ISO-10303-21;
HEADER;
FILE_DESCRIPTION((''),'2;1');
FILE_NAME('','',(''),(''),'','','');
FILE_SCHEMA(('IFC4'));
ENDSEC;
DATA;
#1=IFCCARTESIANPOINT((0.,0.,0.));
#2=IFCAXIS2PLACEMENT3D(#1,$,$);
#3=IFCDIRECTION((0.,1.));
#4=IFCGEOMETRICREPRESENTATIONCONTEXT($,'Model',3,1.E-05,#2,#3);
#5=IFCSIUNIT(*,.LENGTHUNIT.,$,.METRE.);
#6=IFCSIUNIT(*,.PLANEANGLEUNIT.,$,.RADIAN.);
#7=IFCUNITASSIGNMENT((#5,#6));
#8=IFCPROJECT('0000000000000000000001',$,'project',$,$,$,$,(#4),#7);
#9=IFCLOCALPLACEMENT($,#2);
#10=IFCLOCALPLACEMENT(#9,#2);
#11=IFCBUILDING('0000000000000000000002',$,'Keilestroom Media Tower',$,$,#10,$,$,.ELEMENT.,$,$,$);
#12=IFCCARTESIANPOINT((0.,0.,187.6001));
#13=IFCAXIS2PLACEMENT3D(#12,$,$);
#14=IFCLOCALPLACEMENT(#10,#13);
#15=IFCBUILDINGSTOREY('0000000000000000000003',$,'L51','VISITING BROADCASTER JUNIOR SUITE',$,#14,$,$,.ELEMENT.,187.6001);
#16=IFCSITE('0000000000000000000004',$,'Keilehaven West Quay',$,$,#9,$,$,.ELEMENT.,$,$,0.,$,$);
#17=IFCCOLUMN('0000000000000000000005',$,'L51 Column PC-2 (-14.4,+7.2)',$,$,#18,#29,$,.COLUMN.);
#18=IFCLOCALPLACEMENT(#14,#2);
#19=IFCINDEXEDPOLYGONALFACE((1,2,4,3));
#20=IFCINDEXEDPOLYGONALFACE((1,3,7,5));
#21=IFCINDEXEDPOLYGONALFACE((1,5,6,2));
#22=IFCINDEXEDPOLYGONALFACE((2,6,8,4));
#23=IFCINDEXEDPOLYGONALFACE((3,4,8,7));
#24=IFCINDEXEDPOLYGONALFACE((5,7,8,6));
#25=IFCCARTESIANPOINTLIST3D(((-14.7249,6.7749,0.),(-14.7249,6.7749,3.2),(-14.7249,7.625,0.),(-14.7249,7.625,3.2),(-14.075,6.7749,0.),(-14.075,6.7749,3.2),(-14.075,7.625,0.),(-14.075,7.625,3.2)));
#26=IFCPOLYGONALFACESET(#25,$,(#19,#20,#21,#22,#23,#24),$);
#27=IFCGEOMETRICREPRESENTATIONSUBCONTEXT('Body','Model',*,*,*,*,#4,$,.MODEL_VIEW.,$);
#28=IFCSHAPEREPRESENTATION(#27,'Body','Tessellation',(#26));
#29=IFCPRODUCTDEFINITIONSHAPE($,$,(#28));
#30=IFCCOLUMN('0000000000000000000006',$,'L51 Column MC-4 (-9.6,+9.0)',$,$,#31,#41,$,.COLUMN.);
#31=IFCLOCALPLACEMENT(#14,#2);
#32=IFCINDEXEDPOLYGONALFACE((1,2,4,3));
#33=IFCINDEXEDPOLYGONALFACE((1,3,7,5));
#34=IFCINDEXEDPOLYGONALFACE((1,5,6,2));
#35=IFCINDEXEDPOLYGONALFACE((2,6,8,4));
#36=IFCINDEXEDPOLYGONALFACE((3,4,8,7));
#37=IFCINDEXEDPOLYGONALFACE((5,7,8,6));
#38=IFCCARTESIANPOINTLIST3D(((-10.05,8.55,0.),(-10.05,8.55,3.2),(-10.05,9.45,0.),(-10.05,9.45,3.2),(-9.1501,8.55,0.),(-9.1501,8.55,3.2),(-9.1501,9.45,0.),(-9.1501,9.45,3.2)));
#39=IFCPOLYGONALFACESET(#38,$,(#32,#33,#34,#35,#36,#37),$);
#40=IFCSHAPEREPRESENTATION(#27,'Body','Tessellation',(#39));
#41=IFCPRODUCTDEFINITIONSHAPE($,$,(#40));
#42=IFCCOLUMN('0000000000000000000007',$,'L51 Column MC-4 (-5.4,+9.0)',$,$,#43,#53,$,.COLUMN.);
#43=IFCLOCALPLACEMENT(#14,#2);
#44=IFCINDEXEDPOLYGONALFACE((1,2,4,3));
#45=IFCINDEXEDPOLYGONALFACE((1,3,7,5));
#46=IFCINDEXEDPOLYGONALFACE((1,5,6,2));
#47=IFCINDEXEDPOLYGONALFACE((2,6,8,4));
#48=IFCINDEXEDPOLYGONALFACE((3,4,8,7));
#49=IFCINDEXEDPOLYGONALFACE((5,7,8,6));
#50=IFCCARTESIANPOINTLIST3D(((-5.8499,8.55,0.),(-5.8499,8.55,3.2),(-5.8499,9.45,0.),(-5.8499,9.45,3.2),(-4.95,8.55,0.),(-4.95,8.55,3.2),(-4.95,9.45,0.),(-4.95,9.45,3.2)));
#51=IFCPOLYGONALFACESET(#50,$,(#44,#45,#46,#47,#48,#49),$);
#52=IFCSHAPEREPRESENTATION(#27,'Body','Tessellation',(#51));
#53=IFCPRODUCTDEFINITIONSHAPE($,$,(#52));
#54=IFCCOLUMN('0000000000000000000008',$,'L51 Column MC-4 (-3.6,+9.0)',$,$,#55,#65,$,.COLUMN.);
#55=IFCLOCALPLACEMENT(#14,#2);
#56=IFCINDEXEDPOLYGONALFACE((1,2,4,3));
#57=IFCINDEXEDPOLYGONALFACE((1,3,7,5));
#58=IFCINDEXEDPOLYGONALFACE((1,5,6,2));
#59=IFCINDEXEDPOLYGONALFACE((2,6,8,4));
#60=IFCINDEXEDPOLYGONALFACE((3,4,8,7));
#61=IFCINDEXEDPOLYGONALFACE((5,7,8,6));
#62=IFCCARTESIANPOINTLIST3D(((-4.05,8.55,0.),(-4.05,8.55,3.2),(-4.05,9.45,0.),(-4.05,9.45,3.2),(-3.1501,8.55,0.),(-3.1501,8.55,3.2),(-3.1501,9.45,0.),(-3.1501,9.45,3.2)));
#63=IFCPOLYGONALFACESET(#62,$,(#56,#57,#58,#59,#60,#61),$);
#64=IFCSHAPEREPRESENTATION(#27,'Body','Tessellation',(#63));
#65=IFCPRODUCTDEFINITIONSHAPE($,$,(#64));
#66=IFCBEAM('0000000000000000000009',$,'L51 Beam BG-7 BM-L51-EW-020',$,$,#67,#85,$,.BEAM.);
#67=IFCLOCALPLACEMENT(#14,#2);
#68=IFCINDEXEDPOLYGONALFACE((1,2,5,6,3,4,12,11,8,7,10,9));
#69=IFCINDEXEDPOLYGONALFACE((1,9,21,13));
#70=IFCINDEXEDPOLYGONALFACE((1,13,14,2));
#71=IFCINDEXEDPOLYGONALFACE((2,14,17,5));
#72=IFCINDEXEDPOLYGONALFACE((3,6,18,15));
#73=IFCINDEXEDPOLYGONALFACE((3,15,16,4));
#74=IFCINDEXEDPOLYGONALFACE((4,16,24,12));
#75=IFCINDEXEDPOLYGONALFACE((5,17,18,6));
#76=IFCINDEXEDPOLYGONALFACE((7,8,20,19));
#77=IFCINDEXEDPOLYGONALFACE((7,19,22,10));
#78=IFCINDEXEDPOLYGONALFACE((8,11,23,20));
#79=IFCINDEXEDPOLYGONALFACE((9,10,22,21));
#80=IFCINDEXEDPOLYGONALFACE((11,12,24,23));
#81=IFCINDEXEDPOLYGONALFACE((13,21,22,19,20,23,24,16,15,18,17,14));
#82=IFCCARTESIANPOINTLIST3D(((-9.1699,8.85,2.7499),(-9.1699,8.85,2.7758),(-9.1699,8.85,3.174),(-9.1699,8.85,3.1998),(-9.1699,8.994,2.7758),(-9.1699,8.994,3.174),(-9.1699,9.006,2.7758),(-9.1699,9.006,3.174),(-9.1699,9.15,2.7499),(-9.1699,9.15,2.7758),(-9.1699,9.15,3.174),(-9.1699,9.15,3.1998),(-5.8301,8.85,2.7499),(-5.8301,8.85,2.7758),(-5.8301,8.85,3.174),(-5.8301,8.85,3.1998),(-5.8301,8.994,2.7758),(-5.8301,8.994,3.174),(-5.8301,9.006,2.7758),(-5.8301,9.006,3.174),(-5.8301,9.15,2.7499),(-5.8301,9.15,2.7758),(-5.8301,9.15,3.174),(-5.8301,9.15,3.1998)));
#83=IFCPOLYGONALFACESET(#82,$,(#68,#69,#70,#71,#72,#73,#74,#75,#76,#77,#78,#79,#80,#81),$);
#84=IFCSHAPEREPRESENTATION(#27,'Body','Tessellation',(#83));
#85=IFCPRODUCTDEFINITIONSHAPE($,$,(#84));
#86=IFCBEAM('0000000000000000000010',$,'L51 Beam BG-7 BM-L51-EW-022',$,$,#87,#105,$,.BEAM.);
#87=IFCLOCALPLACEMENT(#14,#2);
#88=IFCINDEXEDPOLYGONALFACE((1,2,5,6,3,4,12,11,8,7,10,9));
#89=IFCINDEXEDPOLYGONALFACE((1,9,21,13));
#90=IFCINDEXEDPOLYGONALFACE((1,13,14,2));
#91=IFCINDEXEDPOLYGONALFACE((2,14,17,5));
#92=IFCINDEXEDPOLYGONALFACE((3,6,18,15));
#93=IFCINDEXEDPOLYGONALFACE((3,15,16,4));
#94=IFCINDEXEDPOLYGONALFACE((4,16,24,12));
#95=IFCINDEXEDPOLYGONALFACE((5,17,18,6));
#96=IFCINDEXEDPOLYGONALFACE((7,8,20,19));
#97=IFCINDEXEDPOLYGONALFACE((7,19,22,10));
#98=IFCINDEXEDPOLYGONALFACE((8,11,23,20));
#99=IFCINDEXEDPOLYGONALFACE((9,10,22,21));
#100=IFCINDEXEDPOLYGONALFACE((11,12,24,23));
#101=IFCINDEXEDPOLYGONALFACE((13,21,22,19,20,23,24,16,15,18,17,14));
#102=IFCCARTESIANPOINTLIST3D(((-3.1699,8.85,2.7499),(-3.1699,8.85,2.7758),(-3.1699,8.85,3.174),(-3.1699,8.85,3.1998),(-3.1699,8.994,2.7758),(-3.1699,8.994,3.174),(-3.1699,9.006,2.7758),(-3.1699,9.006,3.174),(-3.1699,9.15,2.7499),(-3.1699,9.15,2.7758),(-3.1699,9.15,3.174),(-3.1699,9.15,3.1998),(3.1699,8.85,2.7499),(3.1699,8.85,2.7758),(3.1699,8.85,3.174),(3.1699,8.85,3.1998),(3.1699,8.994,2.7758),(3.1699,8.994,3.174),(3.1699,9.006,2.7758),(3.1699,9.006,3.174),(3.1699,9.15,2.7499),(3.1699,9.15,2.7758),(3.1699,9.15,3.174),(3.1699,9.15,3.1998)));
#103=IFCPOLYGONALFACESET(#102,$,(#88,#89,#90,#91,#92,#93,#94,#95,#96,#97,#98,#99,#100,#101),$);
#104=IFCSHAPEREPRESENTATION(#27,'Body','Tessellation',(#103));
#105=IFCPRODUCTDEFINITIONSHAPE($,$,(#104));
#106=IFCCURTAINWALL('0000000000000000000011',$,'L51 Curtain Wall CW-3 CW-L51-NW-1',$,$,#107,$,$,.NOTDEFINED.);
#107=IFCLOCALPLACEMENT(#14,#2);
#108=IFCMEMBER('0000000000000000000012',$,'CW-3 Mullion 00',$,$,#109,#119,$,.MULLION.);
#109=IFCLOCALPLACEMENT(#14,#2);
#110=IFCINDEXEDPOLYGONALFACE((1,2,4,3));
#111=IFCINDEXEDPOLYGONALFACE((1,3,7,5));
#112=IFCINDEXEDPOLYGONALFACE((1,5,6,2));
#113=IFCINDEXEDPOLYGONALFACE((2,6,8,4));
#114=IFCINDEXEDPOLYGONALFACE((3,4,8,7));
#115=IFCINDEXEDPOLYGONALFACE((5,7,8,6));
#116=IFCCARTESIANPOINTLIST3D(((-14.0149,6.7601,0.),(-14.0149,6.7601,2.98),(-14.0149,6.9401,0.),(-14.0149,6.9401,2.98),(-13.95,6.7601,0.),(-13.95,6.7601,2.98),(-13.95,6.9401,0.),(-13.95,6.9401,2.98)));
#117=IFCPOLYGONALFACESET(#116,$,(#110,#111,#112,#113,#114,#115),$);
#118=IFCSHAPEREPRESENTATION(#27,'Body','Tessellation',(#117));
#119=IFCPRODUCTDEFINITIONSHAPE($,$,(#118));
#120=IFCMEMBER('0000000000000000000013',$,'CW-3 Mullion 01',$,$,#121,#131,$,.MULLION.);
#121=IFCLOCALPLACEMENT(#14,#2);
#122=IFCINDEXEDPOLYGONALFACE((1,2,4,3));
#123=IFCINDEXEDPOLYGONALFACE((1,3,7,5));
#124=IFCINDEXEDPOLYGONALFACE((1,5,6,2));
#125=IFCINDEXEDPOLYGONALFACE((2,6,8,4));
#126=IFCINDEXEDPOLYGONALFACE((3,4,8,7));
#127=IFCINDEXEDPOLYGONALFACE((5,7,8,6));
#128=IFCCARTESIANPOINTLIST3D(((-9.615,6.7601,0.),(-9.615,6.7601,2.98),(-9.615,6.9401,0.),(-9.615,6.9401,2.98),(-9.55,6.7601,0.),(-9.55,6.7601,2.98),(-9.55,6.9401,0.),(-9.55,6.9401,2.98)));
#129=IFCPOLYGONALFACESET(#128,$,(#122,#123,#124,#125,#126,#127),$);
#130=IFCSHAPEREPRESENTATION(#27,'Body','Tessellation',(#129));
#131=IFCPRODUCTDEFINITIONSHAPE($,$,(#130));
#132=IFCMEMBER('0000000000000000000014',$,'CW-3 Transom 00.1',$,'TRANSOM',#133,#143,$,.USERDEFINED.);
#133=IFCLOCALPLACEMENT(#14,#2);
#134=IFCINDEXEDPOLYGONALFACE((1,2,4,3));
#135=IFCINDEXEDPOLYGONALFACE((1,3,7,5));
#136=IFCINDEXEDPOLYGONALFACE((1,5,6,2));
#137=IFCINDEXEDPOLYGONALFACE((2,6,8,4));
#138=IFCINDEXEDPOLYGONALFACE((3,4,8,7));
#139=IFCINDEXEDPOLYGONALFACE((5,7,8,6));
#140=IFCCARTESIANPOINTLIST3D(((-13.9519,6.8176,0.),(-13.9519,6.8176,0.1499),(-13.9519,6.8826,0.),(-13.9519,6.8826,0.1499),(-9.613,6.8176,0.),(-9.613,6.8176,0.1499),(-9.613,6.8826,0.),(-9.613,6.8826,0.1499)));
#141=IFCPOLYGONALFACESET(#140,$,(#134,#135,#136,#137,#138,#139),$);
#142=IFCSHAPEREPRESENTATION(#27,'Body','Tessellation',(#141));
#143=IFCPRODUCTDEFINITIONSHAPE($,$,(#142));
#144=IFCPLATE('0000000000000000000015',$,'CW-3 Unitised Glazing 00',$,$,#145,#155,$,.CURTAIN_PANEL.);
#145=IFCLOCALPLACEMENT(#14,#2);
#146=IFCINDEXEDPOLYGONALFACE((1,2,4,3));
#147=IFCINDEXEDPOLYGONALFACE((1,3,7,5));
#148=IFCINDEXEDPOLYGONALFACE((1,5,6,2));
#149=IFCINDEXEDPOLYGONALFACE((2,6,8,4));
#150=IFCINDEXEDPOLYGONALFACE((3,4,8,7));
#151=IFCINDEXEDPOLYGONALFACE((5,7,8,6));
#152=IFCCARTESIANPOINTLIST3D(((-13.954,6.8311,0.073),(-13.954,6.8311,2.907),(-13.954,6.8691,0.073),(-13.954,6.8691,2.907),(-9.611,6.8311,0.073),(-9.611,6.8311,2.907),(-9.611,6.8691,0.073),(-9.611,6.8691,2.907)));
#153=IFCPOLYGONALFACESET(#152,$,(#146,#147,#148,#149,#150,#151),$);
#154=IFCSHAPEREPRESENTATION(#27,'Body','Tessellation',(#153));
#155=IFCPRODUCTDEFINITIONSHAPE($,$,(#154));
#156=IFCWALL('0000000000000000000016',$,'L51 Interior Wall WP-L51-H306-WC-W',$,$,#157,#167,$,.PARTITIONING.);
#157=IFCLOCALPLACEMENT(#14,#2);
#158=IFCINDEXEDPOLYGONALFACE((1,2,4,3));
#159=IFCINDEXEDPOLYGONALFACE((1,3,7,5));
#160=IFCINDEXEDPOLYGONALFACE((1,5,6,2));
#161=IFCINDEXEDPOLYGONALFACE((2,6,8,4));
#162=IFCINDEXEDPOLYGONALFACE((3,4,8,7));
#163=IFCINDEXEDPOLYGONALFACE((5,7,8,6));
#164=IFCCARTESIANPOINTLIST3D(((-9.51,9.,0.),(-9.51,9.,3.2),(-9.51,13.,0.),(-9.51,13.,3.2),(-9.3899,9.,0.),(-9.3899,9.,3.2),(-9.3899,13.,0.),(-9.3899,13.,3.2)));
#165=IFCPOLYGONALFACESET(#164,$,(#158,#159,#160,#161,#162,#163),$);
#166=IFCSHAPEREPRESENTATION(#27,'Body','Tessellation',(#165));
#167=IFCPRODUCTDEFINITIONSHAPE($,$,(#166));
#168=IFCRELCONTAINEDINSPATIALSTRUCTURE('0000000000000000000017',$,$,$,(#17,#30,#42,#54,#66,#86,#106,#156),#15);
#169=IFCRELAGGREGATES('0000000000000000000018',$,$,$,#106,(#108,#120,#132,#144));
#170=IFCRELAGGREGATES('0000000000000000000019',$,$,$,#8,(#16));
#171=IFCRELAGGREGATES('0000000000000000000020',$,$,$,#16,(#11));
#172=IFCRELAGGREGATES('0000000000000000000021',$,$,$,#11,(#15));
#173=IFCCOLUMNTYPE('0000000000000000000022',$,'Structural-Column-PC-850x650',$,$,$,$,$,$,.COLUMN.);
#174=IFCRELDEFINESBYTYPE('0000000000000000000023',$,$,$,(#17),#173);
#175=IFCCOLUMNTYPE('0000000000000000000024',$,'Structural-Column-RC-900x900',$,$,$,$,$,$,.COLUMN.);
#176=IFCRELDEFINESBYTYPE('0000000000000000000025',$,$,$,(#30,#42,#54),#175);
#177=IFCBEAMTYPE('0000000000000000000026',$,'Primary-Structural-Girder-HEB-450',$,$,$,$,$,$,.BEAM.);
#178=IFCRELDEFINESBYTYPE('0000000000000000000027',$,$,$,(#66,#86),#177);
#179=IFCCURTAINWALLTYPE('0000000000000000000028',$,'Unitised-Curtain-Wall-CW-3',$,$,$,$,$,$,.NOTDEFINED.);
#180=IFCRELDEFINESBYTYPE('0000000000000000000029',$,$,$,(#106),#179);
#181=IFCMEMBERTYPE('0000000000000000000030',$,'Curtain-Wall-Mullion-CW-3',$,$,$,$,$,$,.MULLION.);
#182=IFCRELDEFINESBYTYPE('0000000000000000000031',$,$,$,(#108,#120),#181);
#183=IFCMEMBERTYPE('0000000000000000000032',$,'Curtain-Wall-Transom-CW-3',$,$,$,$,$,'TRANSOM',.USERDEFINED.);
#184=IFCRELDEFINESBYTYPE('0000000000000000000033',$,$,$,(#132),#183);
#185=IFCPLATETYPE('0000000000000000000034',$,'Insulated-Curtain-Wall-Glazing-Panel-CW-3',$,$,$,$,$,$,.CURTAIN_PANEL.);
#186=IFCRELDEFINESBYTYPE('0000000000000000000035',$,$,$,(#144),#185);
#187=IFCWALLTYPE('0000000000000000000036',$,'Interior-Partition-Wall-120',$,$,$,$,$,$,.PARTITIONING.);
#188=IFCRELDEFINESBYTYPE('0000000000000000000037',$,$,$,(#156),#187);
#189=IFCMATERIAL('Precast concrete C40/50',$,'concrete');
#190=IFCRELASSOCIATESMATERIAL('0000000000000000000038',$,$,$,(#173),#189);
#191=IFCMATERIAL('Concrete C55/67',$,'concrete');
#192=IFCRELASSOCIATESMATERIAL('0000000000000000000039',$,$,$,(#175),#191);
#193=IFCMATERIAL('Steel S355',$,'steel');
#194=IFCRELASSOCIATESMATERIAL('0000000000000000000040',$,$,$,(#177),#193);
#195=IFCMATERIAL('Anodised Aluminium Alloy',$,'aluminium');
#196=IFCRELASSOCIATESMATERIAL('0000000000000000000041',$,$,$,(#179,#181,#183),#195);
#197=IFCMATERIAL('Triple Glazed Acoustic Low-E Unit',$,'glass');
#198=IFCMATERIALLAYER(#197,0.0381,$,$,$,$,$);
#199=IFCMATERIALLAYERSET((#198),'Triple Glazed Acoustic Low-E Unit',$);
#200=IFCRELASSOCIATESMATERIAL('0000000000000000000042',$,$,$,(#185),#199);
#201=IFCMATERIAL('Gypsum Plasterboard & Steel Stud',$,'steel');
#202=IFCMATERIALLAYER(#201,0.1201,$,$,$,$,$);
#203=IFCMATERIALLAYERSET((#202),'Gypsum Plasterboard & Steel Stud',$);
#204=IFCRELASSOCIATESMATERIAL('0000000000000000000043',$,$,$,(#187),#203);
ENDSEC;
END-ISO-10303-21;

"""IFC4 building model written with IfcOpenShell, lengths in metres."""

from ifc_helpers import new_model, si_unit, direction, frame, frame_2d, origin, origin_2d, place, context, subcontext, project, spatial, rectangle, i_section, extrude, source, transform, mapped, material, layer, layer_set, material_profile, profile_set, type_object, element, aggregate, save


model = new_model("IFC4")

# Units and contexts
model_context = context("Model", 3, precision=1e-05, world=origin(), true_north=direction((0.0, 1.0)))
body_context = subcontext(model_context, "Body", "Model", "MODEL_VIEW")
ifc_project = project(units=[si_unit("LENGTHUNIT", "METRE"), si_unit("PLANEANGLEUNIT", "RADIAN")], contexts=[model_context])

# Site, building, storey
site_placement = place(None, origin())
site = spatial("IfcSite", under=ifc_project, at=site_placement, Name="Keilehaven West Quay", CompositionType="ELEMENT", RefElevation=0.0)
building_placement = place(site_placement, origin())
building = spatial("IfcBuilding", under=site, at=building_placement, Name="Keilestroom Media Tower", CompositionType="ELEMENT")
storey_placement = place(building_placement, frame((0.0, 0.0, 187.6001)))
storey = spatial("IfcBuildingStorey", under=building, at=storey_placement, Name="L51", Description="VISITING BROADCASTER JUNIOR SUITE", CompositionType="ELEMENT", Elevation=187.6001)

# Columns
ifc_material_1 = material(Name="Precast concrete C40/50", Category="concrete")
ifc_material_profile_1 = material_profile(ifc_material_1, rectangle(XDim=0.6499, YDim=0.8501, at=origin_2d()), Name="PC 850x650")
ifc_profile_set_1 = profile_set([ifc_material_profile_1], Name="Precast concrete C40/50")
column_type_1 = type_object("IfcColumnType", Name="Structural-Column-PC-850x650", PredefinedType="COLUMN", material=ifc_profile_set_1)
shared_shape_1 = source(origin(), body_context, "Body", "SweptSolid", [
    extrude(rectangle(XDim=0.6499, YDim=0.8501, at=origin_2d()), origin(), (0.0, 0.0, 1.0), 3.2),
])
column_placement = place(storey_placement, frame((-14.3999, 7.2, 0.0), z_axis=(0.0, 0.0, 1.0), x_axis=(1.0, 0.0, 0.0)))
element("IfcColumn", 1, at=column_placement, inside=storey, type_object=column_type_1, Name="L51 Column PC-2 (-14.4,+7.2)", PredefinedType="COLUMN", context=body_context, shape_type="MappedRepresentation", body=[
    mapped(shared_shape_1, transform((0.0, 0.0, 0.0), x_axis=(1.0, 0.0, 0.0), y_axis=(0.0, 1.0, 0.0), z_axis=(0.0, 0.0, 1.0), scale=1.0)),
])
ifc_material_2 = material(Name="Concrete C55/67", Category="concrete")
ifc_material_profile_2 = material_profile(ifc_material_2, rectangle(XDim=0.8999, YDim=0.8999, at=origin_2d()), Name="RC 900x900")
ifc_profile_set_2 = profile_set([ifc_material_profile_2], Name="Concrete C55/67")
column_type_2 = type_object("IfcColumnType", Name="Structural-Column-RC-900x900", PredefinedType="COLUMN", material=ifc_profile_set_2)
shared_shape_2 = source(origin(), body_context, "Body", "SweptSolid", [
    extrude(rectangle(XDim=0.8999, YDim=0.8999, at=origin_2d()), origin(), (0.0, 0.0, 1.0), 3.2),
])
for number, where, z_axis, x_axis, name in (
    (2, (-9.6001, 9.0, 0.0), (0.0, 0.0, 1.0), (1.0, 0.0, 0.0), "L51 Column MC-4 (-9.6,+9.0)"),
    (3, (-5.3999, 9.0, 0.0), (0.0, 0.0, 1.0), (1.0, 0.0, 0.0), "L51 Column MC-4 (-5.4,+9.0)"),
    (4, (-3.6001, 9.0, 0.0), (0.0, 0.0, 1.0), (1.0, 0.0, 0.0), "L51 Column MC-4 (-3.6,+9.0)"),
):
    element("IfcColumn", number, at=place(storey_placement, frame(where, z_axis=z_axis, x_axis=x_axis)), inside=storey, type_object=column_type_2, Name=name, PredefinedType="COLUMN", context=body_context, shape_type="MappedRepresentation", body=[
        mapped(shared_shape_2, transform((0.0, 0.0, 0.0), x_axis=(1.0, 0.0, 0.0), y_axis=(0.0, 1.0, 0.0), z_axis=(0.0, 0.0, 1.0), scale=1.0)),
    ])

# Beams
ifc_material_3 = material(Name="Steel S355", Category="steel")
ifc_material_profile_3 = material_profile(ifc_material_3, i_section(OverallWidth=0.3, OverallDepth=0.45, WebThickness=0.012, FlangeThickness=0.0259, at=origin_2d()), Name="HEB 450")
ifc_profile_set_3 = profile_set([ifc_material_profile_3], Name="Steel S355")
beam_type = type_object("IfcBeamType", Name="Primary-Structural-Girder-HEB-450", PredefinedType="BEAM", material=ifc_profile_set_3)
shared_shape_3 = source(origin(), body_context, "Body", "SweptSolid", [
    extrude(i_section(OverallWidth=0.3, OverallDepth=0.45, WebThickness=0.012, FlangeThickness=0.0259, at=origin_2d()), origin(), (0.0, 0.0, 1.0), 3.3398),
])
beam_1_placement = place(storey_placement, frame((-9.1699, 9.0, 2.9749), z_axis=(1.0, 0.0, 0.0), x_axis=(0.0, 1.0, 0.0)))
element("IfcBeam", 5, at=beam_1_placement, inside=storey, type_object=beam_type, Name="L51 Beam BG-7 BM-L51-EW-020", PredefinedType="BEAM", context=body_context, shape_type="MappedRepresentation", body=[
    mapped(shared_shape_3, transform((0.0, 0.0, 0.0), x_axis=(1.0, 0.0, 0.0), y_axis=(0.0, 1.0, 0.0), z_axis=(0.0, 0.0, 1.0), scale=1.0)),
])
shared_shape_4 = source(origin(), body_context, "Body", "SweptSolid", [
    extrude(i_section(OverallWidth=0.3, OverallDepth=0.45, WebThickness=0.012, FlangeThickness=0.0259, at=origin_2d()), origin(), (0.0, 0.0, 1.0), 6.3398),
])
beam_2_placement = place(storey_placement, frame((-3.1699, 9.0, 2.9749), z_axis=(1.0, 0.0, 0.0), x_axis=(0.0, 1.0, 0.0)))
element("IfcBeam", 6, at=beam_2_placement, inside=storey, type_object=beam_type, Name="L51 Beam BG-7 BM-L51-EW-022", PredefinedType="BEAM", context=body_context, shape_type="MappedRepresentation", body=[
    mapped(shared_shape_4, transform((0.0, 0.0, 0.0), x_axis=(1.0, 0.0, 0.0), y_axis=(0.0, 1.0, 0.0), z_axis=(0.0, 0.0, 1.0), scale=1.0)),
])

# Curtain wall, members, plate
ifc_material_4 = material(Name="Anodised Aluminium Alloy", Category="aluminium")
curtain_wall_type = type_object("IfcCurtainWallType", Name="Unitised-Curtain-Wall-CW-3", PredefinedType="NOTDEFINED", material=ifc_material_4)
curtain_wall_placement = place(storey_placement, origin())
curtain_wall = element("IfcCurtainWall", 7, at=curtain_wall_placement, inside=storey, type_object=curtain_wall_type, Name="L51 Curtain Wall CW-3 CW-L51-NW-1", PredefinedType="NOTDEFINED")
ifc_material_profile_4 = material_profile(ifc_material_4, rectangle(XDim=0.0649, YDim=0.1799, at=origin_2d()), Name="ALU MULLION 65x180")
ifc_profile_set_4 = profile_set([ifc_material_profile_4], Name="Anodised Aluminium Alloy")
member_type_1 = type_object("IfcMemberType", Name="Curtain-Wall-Mullion-CW-3", PredefinedType="MULLION", material=ifc_profile_set_4)
shared_shape_5 = source(origin(), body_context, "Body", "SweptSolid", [
    extrude(rectangle(XDim=0.0649, YDim=0.1799, at=origin_2d()), origin(), (0.0, 0.0, 1.0), 2.98),
])
member_1_placement = place(storey_placement, frame((-13.9824, 6.8501, 0.0), z_axis=(0.0, 0.0, 1.0), x_axis=(1.0, 0.0, 0.0)))
member_1 = element("IfcMember", 8, at=member_1_placement, type_object=member_type_1, Name="CW-3 Mullion 00", PredefinedType="MULLION", context=body_context, shape_type="MappedRepresentation", body=[
    mapped(shared_shape_5, transform((0.0, 0.0, 0.0), x_axis=(1.0, 0.0, 0.0), y_axis=(0.0, 1.0, 0.0), z_axis=(0.0, 0.0, 1.0), scale=1.0)),
])
member_2_placement = place(storey_placement, frame((-9.5825, 6.8501, 0.0), z_axis=(0.0, 0.0, 1.0), x_axis=(1.0, 0.0, 0.0)))
member_2 = element("IfcMember", 9, at=member_2_placement, type_object=member_type_1, Name="CW-3 Mullion 01", PredefinedType="MULLION", context=body_context, shape_type="MappedRepresentation", body=[
    mapped(shared_shape_5, transform((0.0, 0.0, 0.0), x_axis=(1.0, 0.0, 0.0), y_axis=(0.0, 1.0, 0.0), z_axis=(0.0, 0.0, 1.0), scale=1.0)),
])
ifc_material_profile_5 = material_profile(ifc_material_4, rectangle(XDim=0.0649, YDim=0.1499, at=origin_2d()), Name="ALU TRANSOM 65x150")
ifc_profile_set_5 = profile_set([ifc_material_profile_5], Name="Anodised Aluminium Alloy")
member_type_2 = type_object("IfcMemberType", Name="Curtain-Wall-Transom-CW-3", ElementType="TRANSOM", PredefinedType="USERDEFINED", material=ifc_profile_set_5)
shared_shape_6 = source(origin(), body_context, "Body", "SweptSolid", [
    extrude(rectangle(XDim=0.0649, YDim=0.1499, at=origin_2d()), origin(), (0.0, 0.0, 1.0), 4.3389),
])
member_3_placement = place(storey_placement, frame((-13.9519, 6.8501, 0.075), z_axis=(1.0, 0.0, 0.0), x_axis=(0.0, 1.0, 0.0)))
member_3 = element("IfcMember", 10, at=member_3_placement, type_object=member_type_2, Name="CW-3 Transom 00.1", ObjectType="TRANSOM", PredefinedType="USERDEFINED", context=body_context, shape_type="MappedRepresentation", body=[
    mapped(shared_shape_6, transform((0.0, 0.0, 0.0), x_axis=(1.0, 0.0, 0.0), y_axis=(0.0, 1.0, 0.0), z_axis=(0.0, 0.0, 1.0), scale=1.0)),
])
ifc_material_5 = material(Name="Triple Glazed Acoustic Low-E Unit", Category="glass")
ifc_layer_1 = layer(ifc_material_5, 0.0381)
ifc_layer_set_1 = layer_set([ifc_layer_1], Name="Triple Glazed Acoustic Low-E Unit")
plate_type = type_object("IfcPlateType", Name="Insulated-Curtain-Wall-Glazing-Panel-CW-3", PredefinedType="CURTAIN_PANEL", material=ifc_layer_set_1)
shared_shape_7 = source(origin(), body_context, "Body", "SweptSolid", [
    extrude(rectangle(XDim=4.343, YDim=0.0381, at=origin_2d()), origin(), (0.0, 0.0, 1.0), 2.834),
])
plate_placement = place(storey_placement, frame((-11.7825, 6.8501, 0.073), z_axis=(0.0, 0.0, 1.0), x_axis=(1.0, 0.0, 0.0)))
plate = element("IfcPlate", 11, at=plate_placement, type_object=plate_type, Name="CW-3 Unitised Glazing 00", PredefinedType="CURTAIN_PANEL", context=body_context, shape_type="MappedRepresentation", body=[
    mapped(shared_shape_7, transform((0.0, 0.0, 0.0), x_axis=(1.0, 0.0, 0.0), y_axis=(0.0, 1.0, 0.0), z_axis=(0.0, 0.0, 1.0), scale=1.0)),
])
aggregate(curtain_wall, [member_1, member_2, member_3, plate])

# Wall
ifc_material_6 = material(Name="Gypsum Plasterboard & Steel Stud", Category="steel")
ifc_layer_2 = layer(ifc_material_6, 0.1201)
ifc_layer_set_2 = layer_set([ifc_layer_2], Name="Gypsum Plasterboard & Steel Stud")
wall_type_1 = type_object("IfcWallType", Name="Interior-Partition-Wall-120", PredefinedType="PARTITIONING", material=ifc_layer_set_2)
wall_1_placement = place(storey_placement, frame((-9.45, 9.0, 0.0), z_axis=(0.0, 0.0, 1.0), x_axis=(0.0, 1.0, 0.0)))
element("IfcWall", 12, at=wall_1_placement, inside=storey, type_object=wall_type_1, Name="L51 Interior Wall WP-L51-H306-WC-W", PredefinedType="PARTITIONING", context=body_context, shape_type="SweptSolid", body=[
    extrude(rectangle(XDim=4.0, YDim=0.1201, at=frame_2d((2.0, 0.0))), origin(), (0.0, 0.0, 1.0), 3.2),
])

save(model, "model.ifc")
